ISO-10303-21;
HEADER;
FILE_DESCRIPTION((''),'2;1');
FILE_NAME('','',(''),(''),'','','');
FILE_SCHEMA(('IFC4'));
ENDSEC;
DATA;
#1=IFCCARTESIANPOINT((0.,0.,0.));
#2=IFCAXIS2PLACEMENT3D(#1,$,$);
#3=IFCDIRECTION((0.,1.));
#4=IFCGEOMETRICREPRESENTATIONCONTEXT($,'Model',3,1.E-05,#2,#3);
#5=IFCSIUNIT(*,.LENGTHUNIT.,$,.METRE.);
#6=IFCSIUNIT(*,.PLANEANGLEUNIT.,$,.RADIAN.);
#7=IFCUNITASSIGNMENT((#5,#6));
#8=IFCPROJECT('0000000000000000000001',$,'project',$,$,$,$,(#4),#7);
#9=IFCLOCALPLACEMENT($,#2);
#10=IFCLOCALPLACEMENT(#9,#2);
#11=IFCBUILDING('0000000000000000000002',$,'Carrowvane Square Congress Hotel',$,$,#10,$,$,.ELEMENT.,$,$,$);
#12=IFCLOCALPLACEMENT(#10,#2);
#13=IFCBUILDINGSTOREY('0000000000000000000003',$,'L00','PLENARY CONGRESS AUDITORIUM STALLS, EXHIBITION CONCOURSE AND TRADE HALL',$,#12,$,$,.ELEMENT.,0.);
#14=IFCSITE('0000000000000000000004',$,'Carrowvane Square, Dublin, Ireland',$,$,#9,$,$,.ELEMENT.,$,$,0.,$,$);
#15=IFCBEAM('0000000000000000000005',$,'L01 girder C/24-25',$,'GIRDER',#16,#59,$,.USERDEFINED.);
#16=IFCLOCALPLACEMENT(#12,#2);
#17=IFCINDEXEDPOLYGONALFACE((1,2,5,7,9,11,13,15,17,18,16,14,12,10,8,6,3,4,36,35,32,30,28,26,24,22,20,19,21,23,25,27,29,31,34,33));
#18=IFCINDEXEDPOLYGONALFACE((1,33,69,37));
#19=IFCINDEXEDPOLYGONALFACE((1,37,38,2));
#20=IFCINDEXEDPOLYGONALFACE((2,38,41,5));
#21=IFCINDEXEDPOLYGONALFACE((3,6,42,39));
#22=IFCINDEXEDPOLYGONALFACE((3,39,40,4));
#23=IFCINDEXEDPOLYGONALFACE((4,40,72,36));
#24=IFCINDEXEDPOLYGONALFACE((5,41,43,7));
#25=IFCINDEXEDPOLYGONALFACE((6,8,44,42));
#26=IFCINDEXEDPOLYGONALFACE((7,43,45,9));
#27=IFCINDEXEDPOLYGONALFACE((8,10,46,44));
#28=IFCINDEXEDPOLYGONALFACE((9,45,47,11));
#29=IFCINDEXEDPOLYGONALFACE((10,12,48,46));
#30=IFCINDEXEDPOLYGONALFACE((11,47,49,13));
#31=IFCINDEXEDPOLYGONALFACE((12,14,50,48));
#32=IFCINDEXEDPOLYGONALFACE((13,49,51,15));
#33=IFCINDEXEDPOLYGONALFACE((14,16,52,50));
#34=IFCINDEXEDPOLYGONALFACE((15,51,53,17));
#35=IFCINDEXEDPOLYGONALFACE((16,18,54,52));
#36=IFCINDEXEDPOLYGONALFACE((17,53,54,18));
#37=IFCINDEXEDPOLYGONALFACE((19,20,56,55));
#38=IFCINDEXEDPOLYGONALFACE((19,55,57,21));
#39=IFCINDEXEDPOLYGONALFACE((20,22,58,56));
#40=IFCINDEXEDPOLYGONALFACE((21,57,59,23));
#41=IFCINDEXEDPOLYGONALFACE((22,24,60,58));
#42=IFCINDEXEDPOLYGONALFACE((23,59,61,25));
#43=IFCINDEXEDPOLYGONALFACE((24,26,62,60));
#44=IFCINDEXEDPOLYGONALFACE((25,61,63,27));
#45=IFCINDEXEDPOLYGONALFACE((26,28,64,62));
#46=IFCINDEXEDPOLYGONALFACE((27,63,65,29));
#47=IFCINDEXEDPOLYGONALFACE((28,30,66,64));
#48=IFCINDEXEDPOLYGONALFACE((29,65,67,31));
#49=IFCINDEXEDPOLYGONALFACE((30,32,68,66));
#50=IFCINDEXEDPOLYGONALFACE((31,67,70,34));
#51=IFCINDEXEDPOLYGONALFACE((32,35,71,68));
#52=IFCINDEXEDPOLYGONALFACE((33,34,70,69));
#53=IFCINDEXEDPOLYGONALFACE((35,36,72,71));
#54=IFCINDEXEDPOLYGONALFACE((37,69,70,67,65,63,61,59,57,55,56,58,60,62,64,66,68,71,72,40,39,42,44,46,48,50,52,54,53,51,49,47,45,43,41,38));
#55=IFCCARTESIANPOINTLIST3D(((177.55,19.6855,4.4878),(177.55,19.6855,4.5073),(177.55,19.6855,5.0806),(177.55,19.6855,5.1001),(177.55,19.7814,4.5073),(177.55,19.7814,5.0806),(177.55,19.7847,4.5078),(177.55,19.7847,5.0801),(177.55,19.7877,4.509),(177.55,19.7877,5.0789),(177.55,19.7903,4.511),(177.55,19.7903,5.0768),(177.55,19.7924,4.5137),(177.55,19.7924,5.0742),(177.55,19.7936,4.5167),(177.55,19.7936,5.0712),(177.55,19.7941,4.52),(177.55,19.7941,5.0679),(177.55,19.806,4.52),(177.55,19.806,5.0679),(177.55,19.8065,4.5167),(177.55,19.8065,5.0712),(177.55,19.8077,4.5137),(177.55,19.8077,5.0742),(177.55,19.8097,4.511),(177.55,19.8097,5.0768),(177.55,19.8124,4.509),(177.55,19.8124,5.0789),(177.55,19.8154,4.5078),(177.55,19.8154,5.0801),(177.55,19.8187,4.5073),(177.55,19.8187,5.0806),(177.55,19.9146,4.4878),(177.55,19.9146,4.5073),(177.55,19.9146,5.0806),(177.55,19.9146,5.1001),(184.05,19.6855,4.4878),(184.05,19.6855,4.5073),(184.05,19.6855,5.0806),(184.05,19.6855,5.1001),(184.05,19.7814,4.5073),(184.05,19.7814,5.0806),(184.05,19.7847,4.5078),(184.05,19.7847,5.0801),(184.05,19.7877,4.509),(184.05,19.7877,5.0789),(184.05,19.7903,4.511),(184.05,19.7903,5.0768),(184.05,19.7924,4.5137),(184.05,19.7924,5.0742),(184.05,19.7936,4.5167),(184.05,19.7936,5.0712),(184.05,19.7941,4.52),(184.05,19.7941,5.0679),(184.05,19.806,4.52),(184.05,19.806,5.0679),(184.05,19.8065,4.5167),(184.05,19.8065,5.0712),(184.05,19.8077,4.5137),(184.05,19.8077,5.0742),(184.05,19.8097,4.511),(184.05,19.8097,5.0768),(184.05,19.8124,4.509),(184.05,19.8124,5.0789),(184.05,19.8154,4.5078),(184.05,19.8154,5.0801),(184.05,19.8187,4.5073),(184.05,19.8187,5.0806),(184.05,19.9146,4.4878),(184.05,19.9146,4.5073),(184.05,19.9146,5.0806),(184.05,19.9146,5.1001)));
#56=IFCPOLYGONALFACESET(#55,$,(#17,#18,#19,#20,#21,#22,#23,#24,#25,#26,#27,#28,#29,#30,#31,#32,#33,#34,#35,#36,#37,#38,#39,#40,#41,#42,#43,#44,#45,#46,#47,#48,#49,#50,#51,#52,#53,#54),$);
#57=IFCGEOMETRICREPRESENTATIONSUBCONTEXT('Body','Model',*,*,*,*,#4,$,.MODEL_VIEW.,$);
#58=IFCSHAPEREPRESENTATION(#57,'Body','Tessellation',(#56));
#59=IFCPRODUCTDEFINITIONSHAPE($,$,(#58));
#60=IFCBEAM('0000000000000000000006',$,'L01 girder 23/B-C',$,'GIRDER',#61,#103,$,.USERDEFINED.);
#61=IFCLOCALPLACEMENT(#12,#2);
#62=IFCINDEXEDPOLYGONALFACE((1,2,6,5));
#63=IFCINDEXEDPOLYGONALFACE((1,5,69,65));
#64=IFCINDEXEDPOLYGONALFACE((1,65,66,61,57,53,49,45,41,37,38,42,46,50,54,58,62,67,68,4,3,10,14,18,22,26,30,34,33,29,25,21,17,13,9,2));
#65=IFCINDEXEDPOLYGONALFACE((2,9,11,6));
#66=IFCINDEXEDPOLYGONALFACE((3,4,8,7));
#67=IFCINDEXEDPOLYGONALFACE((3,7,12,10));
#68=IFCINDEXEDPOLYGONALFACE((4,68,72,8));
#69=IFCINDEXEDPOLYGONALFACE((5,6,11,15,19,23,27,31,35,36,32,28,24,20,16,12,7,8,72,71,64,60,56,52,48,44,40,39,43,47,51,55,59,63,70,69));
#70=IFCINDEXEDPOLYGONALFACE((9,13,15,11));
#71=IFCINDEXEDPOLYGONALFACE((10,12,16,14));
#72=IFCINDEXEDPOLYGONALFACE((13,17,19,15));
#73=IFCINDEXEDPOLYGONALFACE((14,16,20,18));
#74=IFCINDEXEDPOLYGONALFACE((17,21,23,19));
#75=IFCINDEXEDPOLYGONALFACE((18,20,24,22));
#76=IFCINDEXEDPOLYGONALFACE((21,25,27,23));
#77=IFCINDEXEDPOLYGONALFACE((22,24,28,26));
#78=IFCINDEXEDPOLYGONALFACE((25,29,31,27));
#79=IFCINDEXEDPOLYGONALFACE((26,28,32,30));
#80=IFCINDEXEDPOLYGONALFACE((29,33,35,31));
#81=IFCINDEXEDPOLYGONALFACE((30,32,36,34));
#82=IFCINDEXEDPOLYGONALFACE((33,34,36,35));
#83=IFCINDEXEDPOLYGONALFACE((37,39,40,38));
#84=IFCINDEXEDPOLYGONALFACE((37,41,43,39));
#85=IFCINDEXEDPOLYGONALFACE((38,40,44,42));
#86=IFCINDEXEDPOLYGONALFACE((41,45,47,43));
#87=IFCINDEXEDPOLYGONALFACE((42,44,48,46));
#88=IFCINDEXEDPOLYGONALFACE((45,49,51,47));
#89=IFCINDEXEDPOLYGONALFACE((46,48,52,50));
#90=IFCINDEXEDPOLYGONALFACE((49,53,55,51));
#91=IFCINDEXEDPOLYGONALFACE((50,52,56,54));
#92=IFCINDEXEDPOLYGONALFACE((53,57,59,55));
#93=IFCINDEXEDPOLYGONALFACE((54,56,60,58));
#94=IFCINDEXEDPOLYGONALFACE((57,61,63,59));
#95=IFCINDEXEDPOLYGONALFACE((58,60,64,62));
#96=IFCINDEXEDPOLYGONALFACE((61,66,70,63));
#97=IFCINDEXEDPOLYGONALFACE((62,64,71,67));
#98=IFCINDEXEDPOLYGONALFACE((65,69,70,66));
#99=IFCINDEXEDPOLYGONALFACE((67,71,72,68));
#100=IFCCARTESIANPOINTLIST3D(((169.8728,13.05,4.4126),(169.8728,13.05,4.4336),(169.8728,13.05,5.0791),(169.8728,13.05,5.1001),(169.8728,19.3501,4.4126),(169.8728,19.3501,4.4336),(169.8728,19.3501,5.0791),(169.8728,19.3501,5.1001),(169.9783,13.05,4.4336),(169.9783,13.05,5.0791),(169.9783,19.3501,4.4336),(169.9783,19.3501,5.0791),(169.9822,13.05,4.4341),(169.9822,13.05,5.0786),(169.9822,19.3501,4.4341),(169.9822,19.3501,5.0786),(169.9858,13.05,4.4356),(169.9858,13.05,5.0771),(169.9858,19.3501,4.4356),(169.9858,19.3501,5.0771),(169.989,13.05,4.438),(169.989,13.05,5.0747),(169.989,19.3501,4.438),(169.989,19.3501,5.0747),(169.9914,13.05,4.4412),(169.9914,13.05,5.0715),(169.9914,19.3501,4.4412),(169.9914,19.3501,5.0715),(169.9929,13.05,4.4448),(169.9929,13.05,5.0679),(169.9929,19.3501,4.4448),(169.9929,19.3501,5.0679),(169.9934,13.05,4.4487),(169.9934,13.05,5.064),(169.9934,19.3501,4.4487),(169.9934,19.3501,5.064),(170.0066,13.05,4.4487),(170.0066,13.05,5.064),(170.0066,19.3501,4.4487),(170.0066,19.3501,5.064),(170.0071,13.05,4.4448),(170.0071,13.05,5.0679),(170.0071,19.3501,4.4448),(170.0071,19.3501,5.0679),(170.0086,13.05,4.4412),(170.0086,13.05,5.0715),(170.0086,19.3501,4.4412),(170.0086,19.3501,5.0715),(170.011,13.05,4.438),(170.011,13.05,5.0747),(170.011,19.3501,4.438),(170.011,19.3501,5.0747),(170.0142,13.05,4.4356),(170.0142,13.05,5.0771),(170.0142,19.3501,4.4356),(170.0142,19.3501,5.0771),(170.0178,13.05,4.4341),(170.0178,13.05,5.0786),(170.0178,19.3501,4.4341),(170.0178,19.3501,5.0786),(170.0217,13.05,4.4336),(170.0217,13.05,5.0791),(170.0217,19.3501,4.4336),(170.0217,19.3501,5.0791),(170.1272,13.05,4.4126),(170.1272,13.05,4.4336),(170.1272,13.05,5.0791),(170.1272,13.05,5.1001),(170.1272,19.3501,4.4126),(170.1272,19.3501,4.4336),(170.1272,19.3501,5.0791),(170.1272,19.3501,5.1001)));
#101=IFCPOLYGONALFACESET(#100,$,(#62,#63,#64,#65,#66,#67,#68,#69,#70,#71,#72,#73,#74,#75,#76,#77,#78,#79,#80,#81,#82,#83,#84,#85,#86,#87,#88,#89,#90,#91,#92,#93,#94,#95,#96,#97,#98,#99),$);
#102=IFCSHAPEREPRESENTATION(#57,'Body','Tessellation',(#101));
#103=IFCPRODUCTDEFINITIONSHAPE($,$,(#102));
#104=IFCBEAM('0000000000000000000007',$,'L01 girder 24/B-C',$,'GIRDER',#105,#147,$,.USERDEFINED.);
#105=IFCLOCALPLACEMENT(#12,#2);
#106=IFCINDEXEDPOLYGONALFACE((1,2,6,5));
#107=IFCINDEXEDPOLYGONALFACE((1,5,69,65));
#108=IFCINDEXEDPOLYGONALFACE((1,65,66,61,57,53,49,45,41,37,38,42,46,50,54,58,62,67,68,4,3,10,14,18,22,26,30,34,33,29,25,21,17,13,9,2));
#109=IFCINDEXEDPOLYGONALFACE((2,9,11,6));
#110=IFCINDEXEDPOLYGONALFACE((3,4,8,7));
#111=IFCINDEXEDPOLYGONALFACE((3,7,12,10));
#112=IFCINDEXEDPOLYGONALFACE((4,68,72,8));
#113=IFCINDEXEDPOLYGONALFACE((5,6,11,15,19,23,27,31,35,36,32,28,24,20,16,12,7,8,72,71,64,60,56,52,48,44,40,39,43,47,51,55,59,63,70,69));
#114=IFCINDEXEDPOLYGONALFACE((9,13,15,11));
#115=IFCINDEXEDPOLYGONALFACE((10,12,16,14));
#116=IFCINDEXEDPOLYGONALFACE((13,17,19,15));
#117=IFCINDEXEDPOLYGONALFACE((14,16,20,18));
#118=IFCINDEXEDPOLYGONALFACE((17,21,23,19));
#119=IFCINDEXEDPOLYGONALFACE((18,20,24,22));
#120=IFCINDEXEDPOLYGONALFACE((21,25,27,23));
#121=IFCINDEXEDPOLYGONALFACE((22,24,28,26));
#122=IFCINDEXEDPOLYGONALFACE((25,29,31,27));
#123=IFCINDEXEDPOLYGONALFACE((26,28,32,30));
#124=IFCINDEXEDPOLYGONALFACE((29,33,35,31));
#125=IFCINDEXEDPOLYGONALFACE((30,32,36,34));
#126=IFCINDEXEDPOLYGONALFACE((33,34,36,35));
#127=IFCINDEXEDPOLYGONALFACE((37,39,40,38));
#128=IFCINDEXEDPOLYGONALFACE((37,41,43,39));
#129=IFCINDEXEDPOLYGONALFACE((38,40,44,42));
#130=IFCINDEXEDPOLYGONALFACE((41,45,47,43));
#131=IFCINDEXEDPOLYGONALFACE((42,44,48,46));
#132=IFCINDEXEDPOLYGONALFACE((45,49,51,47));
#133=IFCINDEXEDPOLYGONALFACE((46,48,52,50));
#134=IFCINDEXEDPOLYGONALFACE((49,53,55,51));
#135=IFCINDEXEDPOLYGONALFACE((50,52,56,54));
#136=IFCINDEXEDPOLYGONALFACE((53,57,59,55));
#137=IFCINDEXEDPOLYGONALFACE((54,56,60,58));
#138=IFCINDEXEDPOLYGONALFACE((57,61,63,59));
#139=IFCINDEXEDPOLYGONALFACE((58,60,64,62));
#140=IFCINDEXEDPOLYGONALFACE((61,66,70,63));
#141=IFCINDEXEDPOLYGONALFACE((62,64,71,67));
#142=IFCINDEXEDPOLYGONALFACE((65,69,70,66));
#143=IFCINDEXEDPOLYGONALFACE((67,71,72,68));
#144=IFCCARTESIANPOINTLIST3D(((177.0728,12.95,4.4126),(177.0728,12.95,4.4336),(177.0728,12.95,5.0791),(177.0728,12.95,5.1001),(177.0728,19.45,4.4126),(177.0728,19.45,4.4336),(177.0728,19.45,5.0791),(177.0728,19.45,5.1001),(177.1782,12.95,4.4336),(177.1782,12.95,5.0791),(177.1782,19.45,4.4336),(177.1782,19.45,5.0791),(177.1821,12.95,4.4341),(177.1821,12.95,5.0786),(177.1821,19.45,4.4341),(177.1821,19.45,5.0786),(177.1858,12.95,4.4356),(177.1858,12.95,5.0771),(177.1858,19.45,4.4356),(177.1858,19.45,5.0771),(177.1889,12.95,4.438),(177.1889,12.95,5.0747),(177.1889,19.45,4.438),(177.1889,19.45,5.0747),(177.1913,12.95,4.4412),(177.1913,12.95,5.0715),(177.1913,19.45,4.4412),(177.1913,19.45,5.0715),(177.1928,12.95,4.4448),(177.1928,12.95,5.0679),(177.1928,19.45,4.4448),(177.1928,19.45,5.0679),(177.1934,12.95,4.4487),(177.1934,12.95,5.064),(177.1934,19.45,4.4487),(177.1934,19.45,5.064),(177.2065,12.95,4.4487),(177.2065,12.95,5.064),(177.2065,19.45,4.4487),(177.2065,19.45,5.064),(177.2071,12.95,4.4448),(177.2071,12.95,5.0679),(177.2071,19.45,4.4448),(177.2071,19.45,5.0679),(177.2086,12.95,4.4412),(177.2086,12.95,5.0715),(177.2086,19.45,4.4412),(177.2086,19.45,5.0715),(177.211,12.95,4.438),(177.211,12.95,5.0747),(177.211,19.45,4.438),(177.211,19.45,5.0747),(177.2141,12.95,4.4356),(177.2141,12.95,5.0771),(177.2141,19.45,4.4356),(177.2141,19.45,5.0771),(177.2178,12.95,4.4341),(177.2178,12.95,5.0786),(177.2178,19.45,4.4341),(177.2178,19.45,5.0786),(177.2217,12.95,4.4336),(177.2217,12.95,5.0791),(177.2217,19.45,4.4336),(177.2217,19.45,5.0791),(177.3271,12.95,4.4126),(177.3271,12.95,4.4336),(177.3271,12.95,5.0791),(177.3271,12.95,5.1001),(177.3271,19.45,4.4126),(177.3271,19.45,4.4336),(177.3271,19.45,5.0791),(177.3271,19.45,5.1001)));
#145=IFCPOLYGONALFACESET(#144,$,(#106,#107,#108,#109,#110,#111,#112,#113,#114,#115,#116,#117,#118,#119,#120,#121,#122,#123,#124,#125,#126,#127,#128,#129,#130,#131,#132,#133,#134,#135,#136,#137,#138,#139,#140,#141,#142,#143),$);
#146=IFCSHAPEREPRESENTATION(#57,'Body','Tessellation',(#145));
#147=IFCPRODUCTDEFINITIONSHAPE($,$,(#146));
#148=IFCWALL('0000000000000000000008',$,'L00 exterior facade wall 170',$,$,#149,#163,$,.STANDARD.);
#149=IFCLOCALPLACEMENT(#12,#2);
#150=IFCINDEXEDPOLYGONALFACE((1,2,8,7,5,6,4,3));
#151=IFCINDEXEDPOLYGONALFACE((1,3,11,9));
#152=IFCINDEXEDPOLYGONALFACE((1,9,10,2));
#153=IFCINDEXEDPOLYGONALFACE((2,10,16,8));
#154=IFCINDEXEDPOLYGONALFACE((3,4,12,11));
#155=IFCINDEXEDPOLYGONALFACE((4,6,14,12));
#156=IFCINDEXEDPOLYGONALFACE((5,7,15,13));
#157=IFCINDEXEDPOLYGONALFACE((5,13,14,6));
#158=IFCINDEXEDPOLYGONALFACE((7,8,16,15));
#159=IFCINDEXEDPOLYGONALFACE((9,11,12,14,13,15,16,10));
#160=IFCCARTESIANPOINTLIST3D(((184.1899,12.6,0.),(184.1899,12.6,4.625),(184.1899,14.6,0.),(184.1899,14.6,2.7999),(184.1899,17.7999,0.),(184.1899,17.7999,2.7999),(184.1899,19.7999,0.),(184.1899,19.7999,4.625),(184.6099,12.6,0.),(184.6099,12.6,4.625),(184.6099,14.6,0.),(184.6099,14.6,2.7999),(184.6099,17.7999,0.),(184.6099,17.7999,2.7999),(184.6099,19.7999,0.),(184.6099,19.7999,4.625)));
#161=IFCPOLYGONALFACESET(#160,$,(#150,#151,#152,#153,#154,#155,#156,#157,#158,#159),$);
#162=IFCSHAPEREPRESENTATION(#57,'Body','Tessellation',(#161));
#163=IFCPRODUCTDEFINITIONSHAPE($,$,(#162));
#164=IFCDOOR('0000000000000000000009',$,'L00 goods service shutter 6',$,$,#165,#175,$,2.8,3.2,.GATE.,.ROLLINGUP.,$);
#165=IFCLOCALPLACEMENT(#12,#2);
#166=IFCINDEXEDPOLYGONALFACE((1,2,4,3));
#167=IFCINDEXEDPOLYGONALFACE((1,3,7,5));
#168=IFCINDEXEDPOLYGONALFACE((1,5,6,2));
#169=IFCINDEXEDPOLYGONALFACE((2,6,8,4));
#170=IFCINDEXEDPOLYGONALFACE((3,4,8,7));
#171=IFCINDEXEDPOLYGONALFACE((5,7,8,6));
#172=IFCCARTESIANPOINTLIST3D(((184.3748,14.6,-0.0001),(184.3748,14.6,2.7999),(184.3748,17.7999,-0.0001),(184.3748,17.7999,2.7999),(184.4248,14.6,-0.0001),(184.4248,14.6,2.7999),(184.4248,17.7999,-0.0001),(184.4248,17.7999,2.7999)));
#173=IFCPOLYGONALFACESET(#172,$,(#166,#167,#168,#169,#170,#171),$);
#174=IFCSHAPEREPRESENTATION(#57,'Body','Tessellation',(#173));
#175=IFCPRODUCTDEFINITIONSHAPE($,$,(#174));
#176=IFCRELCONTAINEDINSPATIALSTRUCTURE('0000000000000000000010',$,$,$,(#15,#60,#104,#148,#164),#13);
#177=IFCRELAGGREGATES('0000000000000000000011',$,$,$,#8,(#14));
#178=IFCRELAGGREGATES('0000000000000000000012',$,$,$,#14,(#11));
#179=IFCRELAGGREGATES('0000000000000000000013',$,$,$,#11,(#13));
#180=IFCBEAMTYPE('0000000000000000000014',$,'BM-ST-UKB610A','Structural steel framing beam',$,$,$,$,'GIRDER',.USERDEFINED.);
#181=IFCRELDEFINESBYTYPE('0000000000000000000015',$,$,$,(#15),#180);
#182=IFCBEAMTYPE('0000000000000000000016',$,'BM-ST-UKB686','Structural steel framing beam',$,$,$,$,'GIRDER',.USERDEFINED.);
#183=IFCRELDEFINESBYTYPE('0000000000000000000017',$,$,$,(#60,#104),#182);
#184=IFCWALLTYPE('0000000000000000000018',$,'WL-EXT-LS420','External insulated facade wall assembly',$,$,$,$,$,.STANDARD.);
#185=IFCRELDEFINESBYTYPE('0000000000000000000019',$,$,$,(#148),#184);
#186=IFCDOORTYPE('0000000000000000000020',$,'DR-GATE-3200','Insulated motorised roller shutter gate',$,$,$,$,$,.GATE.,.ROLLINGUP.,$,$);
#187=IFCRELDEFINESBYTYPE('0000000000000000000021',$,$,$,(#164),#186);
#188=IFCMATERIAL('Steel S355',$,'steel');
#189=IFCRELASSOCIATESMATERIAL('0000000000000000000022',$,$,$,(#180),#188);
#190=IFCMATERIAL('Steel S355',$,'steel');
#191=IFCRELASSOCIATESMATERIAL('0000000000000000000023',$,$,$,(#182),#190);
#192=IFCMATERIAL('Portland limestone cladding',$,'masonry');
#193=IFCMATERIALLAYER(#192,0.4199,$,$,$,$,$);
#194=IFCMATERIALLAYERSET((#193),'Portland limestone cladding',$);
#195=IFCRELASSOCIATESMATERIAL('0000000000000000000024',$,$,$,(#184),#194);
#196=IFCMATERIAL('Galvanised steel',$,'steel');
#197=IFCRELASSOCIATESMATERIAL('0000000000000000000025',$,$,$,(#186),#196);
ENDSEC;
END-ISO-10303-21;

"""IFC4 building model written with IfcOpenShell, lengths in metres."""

from ifc_helpers import new_model, si_unit, direction, frame, frame_2d, origin, origin_2d, place, context, subcontext, project, spatial, rectangle, i_section, extrude, material, layer, layer_set, material_profile, profile_set, type_object, element, fill, save


model = new_model("IFC4")

# Units and contexts
model_context = context("Model", 3, precision=1e-05, world=origin(), true_north=direction((0.0, 1.0)))
body_context = subcontext(model_context, "Body", "Model", "MODEL_VIEW")
ifc_project = project(units=[si_unit("LENGTHUNIT", "METRE"), si_unit("PLANEANGLEUNIT", "RADIAN")], contexts=[model_context])

# Site, building, storey
site_placement = place(None, origin())
site = spatial("IfcSite", under=ifc_project, at=site_placement, Name="Carrowvane Square, Dublin, Ireland", CompositionType="ELEMENT", RefElevation=0.0)
building_placement = place(site_placement, origin())
building = spatial("IfcBuilding", under=site, at=building_placement, Name="Carrowvane Square Congress Hotel", CompositionType="ELEMENT")
storey_placement = place(building_placement, origin())
storey = spatial("IfcBuildingStorey", under=building, at=storey_placement, Name="L00", Description="PLENARY CONGRESS AUDITORIUM STALLS, EXHIBITION CONCOURSE AND TRADE HALL", CompositionType="ELEMENT", Elevation=0.0)

# Beams
ifc_material_1 = material(Name="Steel S355", Category="steel")
ifc_material_profile_1 = material_profile(ifc_material_1, i_section(OverallWidth=0.229, OverallDepth=0.6123, WebThickness=0.012, FlangeThickness=0.0195, FilletRadius=0.0127, at=origin_2d()), Name="UKB 610x229x125")
ifc_profile_set_1 = profile_set([ifc_material_profile_1], Name="Steel S355")
beam_type_1 = type_object("IfcBeamType", Name="BM-ST-UKB610A", Description="Structural steel framing beam", ElementType="GIRDER", PredefinedType="USERDEFINED", material=ifc_profile_set_1)
beam_1_placement = place(storey_placement, frame((177.55, 19.8, 4.7939), z_axis=(1.0, 0.0, 0.0), x_axis=(0.0, 1.0, 0.0)))
element("IfcBeam", 1, at=beam_1_placement, inside=storey, type_object=beam_type_1, Name="L01 girder C/24-25", ObjectType="GIRDER", PredefinedType="USERDEFINED", context=body_context, shape_type="SweptSolid", body=[
    extrude(i_section(OverallWidth=0.229, OverallDepth=0.6123, WebThickness=0.012, FlangeThickness=0.0195, FilletRadius=0.0127, at=origin_2d()), origin(), (0.0, 0.0, 1.0), 6.5),
])
ifc_material_2 = material(Name="Steel S355", Category="steel")
ifc_material_profile_2 = material_profile(ifc_material_2, i_section(OverallWidth=0.2544, OverallDepth=0.6875, WebThickness=0.0132, FlangeThickness=0.021, FilletRadius=0.0151, at=origin_2d()), Name="UKB 686x254x152")
ifc_profile_set_2 = profile_set([ifc_material_profile_2], Name="Steel S355")
beam_type_2 = type_object("IfcBeamType", Name="BM-ST-UKB686", Description="Structural steel framing beam", ElementType="GIRDER", PredefinedType="USERDEFINED", material=ifc_profile_set_2)
beam_2_placement = place(storey_placement, frame((170.0, 13.05, 4.7563), z_axis=(0.0, 1.0, 0.0), x_axis=(-1.0, 0.0, 0.0)))
element("IfcBeam", 2, at=beam_2_placement, inside=storey, type_object=beam_type_2, Name="L01 girder 23/B-C", ObjectType="GIRDER", PredefinedType="USERDEFINED", context=body_context, shape_type="SweptSolid", body=[
    extrude(i_section(OverallWidth=0.2544, OverallDepth=0.6875, WebThickness=0.0132, FlangeThickness=0.021, FilletRadius=0.0151, at=origin_2d()), origin(), (0.0, 0.0, 1.0), 6.3),
])
beam_3_placement = place(storey_placement, frame((177.2, 12.95, 4.7563), z_axis=(0.0, 1.0, 0.0), x_axis=(-1.0, 0.0, 0.0)))
element("IfcBeam", 3, at=beam_3_placement, inside=storey, type_object=beam_type_2, Name="L01 girder 24/B-C", ObjectType="GIRDER", PredefinedType="USERDEFINED", context=body_context, shape_type="SweptSolid", body=[
    extrude(i_section(OverallWidth=0.2544, OverallDepth=0.6875, WebThickness=0.0132, FlangeThickness=0.021, FilletRadius=0.0151, at=origin_2d()), origin(), (0.0, 0.0, 1.0), 6.5),
])

# Wall, opening, door
ifc_material_3 = material(Name="Portland limestone cladding", Category="masonry")
ifc_layer_1 = layer(ifc_material_3, 0.4199)
ifc_layer_set_1 = layer_set([ifc_layer_1], Name="Portland limestone cladding")
wall_type_1 = type_object("IfcWallType", Name="WL-EXT-LS420", Description="External insulated facade wall assembly", PredefinedType="STANDARD", material=ifc_layer_set_1)
wall_1_placement = place(storey_placement, frame((184.3999, 19.8, 0.0), z_axis=(0.0, 0.0, 1.0), x_axis=(0.0, -1.0, 0.0)))
wall_1 = element("IfcWall", 4, at=wall_1_placement, inside=storey, type_object=wall_type_1, Name="L00 exterior facade wall 170", PredefinedType="STANDARD", context=body_context, shape_type="SweptSolid", body=[
    extrude(rectangle(XDim=7.2, YDim=0.4199, at=frame_2d((3.6001, 0.0))), origin(), (0.0, 0.0, 1.0), 4.625),
])
opening_1_placement = place(wall_1_placement, frame((2.0, 0.0, 0.0)))
opening_1 = element("IfcOpeningElement", 5, at=opening_1_placement, cuts=wall_1, PredefinedType="OPENING", context=body_context, shape_type="SweptSolid", body=[
    extrude(rectangle(XDim=3.2, YDim=2.8, at=frame_2d((1.6001, 1.3999))), frame((0.0, 0.22, 0.0), z_axis=(0.0, -1.0, 0.0), x_axis=(1.0, 0.0, 0.0)), (0.0, 0.0, 1.0), 0.4399),
])
ifc_material_4 = material(Name="Galvanised steel", Category="steel")
door_type = type_object("IfcDoorType", Name="DR-GATE-3200", Description="Insulated motorised roller shutter gate", OperationType="ROLLINGUP", PredefinedType="GATE", material=ifc_material_4)
door_placement = place(opening_1_placement, origin())
door = element("IfcDoor", 6, at=door_placement, inside=storey, type_object=door_type, Name="L00 goods service shutter 6", OperationType="ROLLINGUP", OverallHeight=2.8, OverallWidth=3.2, PredefinedType="GATE", context=body_context, shape_type="SweptSolid", body=[
    extrude(rectangle(XDim=3.2, YDim=2.8, at=frame_2d((1.6001, 1.3999))), frame((0.0, 0.0249, 0.0), z_axis=(0.0, -1.0, 0.0), x_axis=(1.0, 0.0, 0.0)), (0.0, 0.0, 1.0), 0.05),
])
fill(opening_1, door)

save(model, "model.ifc")
